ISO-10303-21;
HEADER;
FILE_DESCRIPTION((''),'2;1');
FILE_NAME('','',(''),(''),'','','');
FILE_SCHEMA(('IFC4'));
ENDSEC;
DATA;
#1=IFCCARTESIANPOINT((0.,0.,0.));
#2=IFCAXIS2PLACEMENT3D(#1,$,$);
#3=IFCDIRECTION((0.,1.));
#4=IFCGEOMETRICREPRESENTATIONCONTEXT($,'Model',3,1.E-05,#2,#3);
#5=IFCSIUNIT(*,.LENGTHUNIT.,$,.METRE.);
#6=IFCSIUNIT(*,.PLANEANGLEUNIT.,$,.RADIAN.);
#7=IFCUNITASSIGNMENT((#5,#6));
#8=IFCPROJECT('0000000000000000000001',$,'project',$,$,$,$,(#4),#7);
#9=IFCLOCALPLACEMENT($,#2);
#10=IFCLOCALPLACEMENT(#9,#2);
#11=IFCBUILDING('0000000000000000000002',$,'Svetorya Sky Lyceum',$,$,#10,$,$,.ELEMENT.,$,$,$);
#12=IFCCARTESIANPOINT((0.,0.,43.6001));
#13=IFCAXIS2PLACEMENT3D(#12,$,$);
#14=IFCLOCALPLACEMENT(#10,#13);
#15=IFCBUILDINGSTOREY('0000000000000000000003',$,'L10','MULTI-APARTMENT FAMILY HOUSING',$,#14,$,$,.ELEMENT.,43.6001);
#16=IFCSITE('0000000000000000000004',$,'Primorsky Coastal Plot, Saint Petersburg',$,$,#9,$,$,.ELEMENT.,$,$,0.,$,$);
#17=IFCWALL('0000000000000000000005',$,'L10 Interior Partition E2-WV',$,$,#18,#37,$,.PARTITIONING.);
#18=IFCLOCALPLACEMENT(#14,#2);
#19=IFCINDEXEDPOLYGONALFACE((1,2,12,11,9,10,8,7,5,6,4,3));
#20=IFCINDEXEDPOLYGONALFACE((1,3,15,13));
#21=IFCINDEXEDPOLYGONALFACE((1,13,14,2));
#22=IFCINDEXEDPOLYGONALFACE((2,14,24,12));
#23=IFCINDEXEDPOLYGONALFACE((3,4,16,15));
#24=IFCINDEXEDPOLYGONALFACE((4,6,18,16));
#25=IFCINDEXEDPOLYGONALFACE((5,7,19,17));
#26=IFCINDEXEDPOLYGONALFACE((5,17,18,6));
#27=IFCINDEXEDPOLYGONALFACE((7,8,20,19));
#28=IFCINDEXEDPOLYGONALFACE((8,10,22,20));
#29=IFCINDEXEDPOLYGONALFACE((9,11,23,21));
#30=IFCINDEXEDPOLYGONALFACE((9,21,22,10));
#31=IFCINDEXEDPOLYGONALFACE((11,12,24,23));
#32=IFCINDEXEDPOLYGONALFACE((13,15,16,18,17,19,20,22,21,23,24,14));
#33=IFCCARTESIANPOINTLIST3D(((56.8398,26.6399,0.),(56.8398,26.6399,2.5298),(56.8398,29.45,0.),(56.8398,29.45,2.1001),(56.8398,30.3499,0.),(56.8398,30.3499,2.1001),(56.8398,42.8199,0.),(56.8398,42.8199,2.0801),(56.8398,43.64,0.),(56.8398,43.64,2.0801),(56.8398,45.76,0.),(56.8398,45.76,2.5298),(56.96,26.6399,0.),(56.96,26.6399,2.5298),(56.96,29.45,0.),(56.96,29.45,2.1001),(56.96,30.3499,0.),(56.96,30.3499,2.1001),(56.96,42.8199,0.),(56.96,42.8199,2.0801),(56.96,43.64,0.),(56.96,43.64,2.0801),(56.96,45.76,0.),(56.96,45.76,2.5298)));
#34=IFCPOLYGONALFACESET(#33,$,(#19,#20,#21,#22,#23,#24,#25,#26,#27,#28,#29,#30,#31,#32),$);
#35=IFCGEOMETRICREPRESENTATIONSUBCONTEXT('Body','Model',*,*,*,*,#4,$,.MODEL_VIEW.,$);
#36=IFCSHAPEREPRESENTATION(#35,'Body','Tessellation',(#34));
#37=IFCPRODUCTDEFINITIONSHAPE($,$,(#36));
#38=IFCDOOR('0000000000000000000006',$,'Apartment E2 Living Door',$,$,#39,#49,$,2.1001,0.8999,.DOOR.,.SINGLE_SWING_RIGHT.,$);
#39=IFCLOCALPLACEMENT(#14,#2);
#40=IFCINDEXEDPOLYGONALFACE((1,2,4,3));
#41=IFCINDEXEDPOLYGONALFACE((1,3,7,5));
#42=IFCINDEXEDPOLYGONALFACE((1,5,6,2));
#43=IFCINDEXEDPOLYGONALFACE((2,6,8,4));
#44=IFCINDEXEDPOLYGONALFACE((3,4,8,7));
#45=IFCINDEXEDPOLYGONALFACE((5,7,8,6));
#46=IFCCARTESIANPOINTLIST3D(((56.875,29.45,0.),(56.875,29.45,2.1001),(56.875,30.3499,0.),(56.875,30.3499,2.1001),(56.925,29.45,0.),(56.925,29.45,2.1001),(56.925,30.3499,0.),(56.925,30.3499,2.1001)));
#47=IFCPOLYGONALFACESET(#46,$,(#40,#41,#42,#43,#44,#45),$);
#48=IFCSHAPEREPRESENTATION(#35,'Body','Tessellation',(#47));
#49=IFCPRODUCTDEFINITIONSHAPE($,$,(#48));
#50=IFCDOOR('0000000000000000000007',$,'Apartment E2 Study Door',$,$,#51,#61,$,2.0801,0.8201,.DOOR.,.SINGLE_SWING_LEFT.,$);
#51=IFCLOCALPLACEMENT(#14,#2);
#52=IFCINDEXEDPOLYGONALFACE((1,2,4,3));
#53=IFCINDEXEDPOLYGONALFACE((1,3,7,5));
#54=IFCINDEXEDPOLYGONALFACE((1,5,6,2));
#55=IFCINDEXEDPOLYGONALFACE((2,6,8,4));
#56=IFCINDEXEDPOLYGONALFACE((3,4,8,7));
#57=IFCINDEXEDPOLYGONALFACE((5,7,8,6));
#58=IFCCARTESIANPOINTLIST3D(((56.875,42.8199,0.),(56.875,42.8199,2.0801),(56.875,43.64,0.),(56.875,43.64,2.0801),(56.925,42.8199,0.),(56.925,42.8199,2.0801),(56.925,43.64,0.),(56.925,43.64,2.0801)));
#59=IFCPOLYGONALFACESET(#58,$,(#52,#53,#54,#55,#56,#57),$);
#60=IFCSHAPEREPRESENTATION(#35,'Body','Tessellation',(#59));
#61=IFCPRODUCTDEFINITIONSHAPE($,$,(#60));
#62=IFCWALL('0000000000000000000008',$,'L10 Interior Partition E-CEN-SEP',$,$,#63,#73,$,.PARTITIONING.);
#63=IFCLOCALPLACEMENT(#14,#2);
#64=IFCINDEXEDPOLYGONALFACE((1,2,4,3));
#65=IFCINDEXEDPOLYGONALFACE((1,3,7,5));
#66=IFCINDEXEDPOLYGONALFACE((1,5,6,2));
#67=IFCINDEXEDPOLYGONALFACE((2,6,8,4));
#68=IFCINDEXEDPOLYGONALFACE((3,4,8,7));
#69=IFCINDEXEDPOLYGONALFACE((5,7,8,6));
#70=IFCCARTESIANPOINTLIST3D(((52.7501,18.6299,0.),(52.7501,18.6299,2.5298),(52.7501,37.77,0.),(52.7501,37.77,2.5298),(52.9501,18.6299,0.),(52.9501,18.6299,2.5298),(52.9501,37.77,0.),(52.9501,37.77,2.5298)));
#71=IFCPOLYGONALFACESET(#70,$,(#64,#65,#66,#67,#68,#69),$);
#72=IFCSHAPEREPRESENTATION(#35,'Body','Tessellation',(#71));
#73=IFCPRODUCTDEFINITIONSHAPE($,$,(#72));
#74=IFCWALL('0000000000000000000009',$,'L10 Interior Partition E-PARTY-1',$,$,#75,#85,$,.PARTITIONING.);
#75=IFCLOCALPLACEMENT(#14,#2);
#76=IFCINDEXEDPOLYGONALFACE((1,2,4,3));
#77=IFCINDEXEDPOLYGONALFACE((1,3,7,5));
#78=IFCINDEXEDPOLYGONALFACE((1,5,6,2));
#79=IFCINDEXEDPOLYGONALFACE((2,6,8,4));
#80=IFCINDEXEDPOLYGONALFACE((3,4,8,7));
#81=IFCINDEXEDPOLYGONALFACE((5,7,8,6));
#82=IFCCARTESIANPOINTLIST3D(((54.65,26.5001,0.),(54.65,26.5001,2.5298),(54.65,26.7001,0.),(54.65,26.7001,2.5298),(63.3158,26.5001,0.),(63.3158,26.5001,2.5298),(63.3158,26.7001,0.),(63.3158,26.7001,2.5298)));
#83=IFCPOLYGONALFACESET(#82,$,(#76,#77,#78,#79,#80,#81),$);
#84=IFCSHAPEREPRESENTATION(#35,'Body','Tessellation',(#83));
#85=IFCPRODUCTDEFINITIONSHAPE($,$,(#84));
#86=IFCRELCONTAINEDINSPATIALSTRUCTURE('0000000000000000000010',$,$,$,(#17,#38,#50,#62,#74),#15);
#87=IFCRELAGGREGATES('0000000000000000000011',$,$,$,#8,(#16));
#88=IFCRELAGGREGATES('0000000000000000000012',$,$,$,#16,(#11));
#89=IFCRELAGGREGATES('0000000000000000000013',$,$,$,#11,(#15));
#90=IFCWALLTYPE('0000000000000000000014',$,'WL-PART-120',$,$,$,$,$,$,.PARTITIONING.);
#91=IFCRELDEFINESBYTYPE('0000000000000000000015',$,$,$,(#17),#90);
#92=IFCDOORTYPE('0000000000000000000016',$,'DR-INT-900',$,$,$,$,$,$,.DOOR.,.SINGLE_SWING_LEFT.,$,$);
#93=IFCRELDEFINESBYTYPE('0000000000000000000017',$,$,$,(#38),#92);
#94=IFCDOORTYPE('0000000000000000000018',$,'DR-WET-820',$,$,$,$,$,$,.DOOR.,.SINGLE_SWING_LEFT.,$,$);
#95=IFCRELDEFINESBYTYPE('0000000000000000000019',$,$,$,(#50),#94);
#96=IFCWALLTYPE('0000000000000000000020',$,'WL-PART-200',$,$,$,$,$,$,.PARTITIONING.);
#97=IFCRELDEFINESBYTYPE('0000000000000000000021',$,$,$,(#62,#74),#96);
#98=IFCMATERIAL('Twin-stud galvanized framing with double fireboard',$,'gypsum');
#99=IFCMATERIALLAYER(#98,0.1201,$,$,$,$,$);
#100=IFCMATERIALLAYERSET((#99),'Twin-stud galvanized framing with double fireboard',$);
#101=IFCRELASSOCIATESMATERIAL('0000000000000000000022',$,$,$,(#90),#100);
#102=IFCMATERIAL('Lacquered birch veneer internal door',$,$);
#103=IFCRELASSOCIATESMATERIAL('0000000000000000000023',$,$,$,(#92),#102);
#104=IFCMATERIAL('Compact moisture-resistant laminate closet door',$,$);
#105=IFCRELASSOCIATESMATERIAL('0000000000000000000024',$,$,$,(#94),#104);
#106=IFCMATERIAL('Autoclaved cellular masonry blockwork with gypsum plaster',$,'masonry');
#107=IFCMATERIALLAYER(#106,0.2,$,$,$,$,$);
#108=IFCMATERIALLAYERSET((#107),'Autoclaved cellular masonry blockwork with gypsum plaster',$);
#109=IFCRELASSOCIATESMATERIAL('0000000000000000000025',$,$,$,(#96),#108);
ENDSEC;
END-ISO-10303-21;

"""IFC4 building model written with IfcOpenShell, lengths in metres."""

from ifc_helpers import new_model, si_unit, direction, frame, frame_2d, origin, place, context, subcontext, project, spatial, rectangle, extrude, material, layer, layer_set, type_object, element, fill, save


model = new_model("IFC4")

# Units and contexts
model_context = context("Model", 3, precision=1e-05, world=origin(), true_north=direction((0.0, 1.0)))
body_context = subcontext(model_context, "Body", "Model", "MODEL_VIEW")
ifc_project = project(units=[si_unit("LENGTHUNIT", "METRE"), si_unit("PLANEANGLEUNIT", "RADIAN")], contexts=[model_context])

# Site, building, storey
site_placement = place(None, origin())
site = spatial("IfcSite", under=ifc_project, at=site_placement, Name="Primorsky Coastal Plot, Saint Petersburg", CompositionType="ELEMENT", RefElevation=0.0)
building_placement = place(site_placement, origin())
building = spatial("IfcBuilding", under=site, at=building_placement, Name="Svetorya Sky Lyceum", CompositionType="ELEMENT")
storey_placement = place(building_placement, frame((0.0, 0.0, 43.6001)))
storey = spatial("IfcBuildingStorey", under=building, at=storey_placement, Name="L10", Description="MULTI-APARTMENT FAMILY HOUSING", CompositionType="ELEMENT", Elevation=43.6001)

# Shared definitions
ifc_material_1 = material(Name="Twin-stud galvanized framing with double fireboard", Category="gypsum")
ifc_layer_1 = layer(ifc_material_1, 0.1201)
ifc_layer_set_1 = layer_set([ifc_layer_1], Name="Twin-stud galvanized framing with double fireboard")
wall_type_1 = type_object("IfcWallType", Name="WL-PART-120", PredefinedType="PARTITIONING", material=ifc_layer_set_1)

# Shared definitions
ifc_material_2 = material(Name="Lacquered birch veneer internal door")
door_type_1 = type_object("IfcDoorType", Name="DR-INT-900", OperationType="SINGLE_SWING_LEFT", PredefinedType="DOOR", material=ifc_material_2)

# Wall, openings, doors
wall_1_placement = place(storey_placement, frame((56.8999, 26.6399, 0.0), z_axis=(0.0, 0.0, 1.0), x_axis=(0.0, 1.0, 0.0)))
wall_1 = element("IfcWall", 1, at=wall_1_placement, inside=storey, type_object=wall_type_1, Name="L10 Interior Partition E2-WV", PredefinedType="PARTITIONING", context=body_context, shape_type="SweptSolid", body=[
    extrude(rectangle(XDim=19.1201, YDim=0.1201, at=frame_2d((9.5601, 0.0))), origin(), (0.0, 0.0, 1.0), 2.5298),
])
opening_1_placement = place(wall_1_placement, frame((2.8101, 0.0, 0.0)))
opening_1 = element("IfcOpeningElement", 2, at=opening_1_placement, cuts=wall_1, PredefinedType="OPENING", context=body_context, shape_type="SweptSolid", body=[
    extrude(rectangle(XDim=0.8999, YDim=2.1001, at=frame_2d((0.45, 1.05))), frame((0.0, 0.0701, 0.0), z_axis=(0.0, -1.0, 0.0), x_axis=(1.0, 0.0, 0.0)), (0.0, 0.0, 1.0), 0.1401),
])
opening_2_placement = place(wall_1_placement, frame((16.1799, 0.0, 0.0)))
opening_2 = element("IfcOpeningElement", 3, at=opening_2_placement, cuts=wall_1, PredefinedType="OPENING", context=body_context, shape_type="SweptSolid", body=[
    extrude(rectangle(XDim=0.8201, YDim=2.0801, at=frame_2d((0.4102, 1.04))), frame((0.0, 0.0701, 0.0), z_axis=(0.0, -1.0, 0.0), x_axis=(1.0, 0.0, 0.0)), (0.0, 0.0, 1.0), 0.1401),
])
door_1_placement = place(opening_1_placement, origin())
door_1 = element("IfcDoor", 4, at=door_1_placement, inside=storey, type_object=door_type_1, Name="Apartment E2 Living Door", OperationType="SINGLE_SWING_RIGHT", OverallHeight=2.1001, OverallWidth=0.8999, PredefinedType="DOOR", context=body_context, shape_type="SweptSolid", body=[
    extrude(rectangle(XDim=0.8999, YDim=2.1001, at=frame_2d((0.45, 1.05))), frame((0.0, 0.0249, 0.0), z_axis=(0.0, -1.0, 0.0), x_axis=(1.0, 0.0, 0.0)), (0.0, 0.0, 1.0), 0.05),
])
fill(opening_1, door_1)
ifc_material_3 = material(Name="Compact moisture-resistant laminate closet door")
door_type_2 = type_object("IfcDoorType", Name="DR-WET-820", OperationType="SINGLE_SWING_LEFT", PredefinedType="DOOR", material=ifc_material_3)
door_2_placement = place(opening_2_placement, origin())
door_2 = element("IfcDoor", 5, at=door_2_placement, inside=storey, type_object=door_type_2, Name="Apartment E2 Study Door", OperationType="SINGLE_SWING_LEFT", OverallHeight=2.0801, OverallWidth=0.8201, PredefinedType="DOOR", context=body_context, shape_type="SweptSolid", body=[
    extrude(rectangle(XDim=0.8201, YDim=2.0801, at=frame_2d((0.4102, 1.04))), frame((0.0, 0.0249, 0.0), z_axis=(0.0, -1.0, 0.0), x_axis=(1.0, 0.0, 0.0)), (0.0, 0.0, 1.0), 0.05),
])
fill(opening_2, door_2)

# Walls
ifc_material_4 = material(Name="Autoclaved cellular masonry blockwork with gypsum plaster", Category="masonry")
ifc_layer_2 = layer(ifc_material_4, 0.2)
ifc_layer_set_2 = layer_set([ifc_layer_2], Name="Autoclaved cellular masonry blockwork with gypsum plaster")
wall_type_2 = type_object("IfcWallType", Name="WL-PART-200", PredefinedType="PARTITIONING", material=ifc_layer_set_2)
wall_2_placement = place(storey_placement, frame((52.8501, 18.6299, 0.0), z_axis=(0.0, 0.0, 1.0), x_axis=(0.0, 1.0, 0.0)))
element("IfcWall", 6, at=wall_2_placement, inside=storey, type_object=wall_type_2, Name="L10 Interior Partition E-CEN-SEP", PredefinedType="PARTITIONING", context=body_context, shape_type="SweptSolid", body=[
    extrude(rectangle(XDim=19.1401, YDim=0.2, at=frame_2d((9.5701, 0.0))), origin(), (0.0, 0.0, 1.0), 2.5298),
])
wall_3_placement = place(storey_placement, frame((54.6499, 26.6001, 0.0), z_axis=(0.0, 0.0, 1.0), x_axis=(1.0, 0.0, 0.0)))
element("IfcWall", 7, at=wall_3_placement, inside=storey, type_object=wall_type_2, Name="L10 Interior Partition E-PARTY-1", PredefinedType="PARTITIONING", context=body_context, shape_type="SweptSolid", body=[
    extrude(rectangle(XDim=8.6658, YDim=0.2, at=frame_2d((4.333, 0.0))), origin(), (0.0, 0.0, 1.0), 2.5298),
])

save(model, "model.ifc")
